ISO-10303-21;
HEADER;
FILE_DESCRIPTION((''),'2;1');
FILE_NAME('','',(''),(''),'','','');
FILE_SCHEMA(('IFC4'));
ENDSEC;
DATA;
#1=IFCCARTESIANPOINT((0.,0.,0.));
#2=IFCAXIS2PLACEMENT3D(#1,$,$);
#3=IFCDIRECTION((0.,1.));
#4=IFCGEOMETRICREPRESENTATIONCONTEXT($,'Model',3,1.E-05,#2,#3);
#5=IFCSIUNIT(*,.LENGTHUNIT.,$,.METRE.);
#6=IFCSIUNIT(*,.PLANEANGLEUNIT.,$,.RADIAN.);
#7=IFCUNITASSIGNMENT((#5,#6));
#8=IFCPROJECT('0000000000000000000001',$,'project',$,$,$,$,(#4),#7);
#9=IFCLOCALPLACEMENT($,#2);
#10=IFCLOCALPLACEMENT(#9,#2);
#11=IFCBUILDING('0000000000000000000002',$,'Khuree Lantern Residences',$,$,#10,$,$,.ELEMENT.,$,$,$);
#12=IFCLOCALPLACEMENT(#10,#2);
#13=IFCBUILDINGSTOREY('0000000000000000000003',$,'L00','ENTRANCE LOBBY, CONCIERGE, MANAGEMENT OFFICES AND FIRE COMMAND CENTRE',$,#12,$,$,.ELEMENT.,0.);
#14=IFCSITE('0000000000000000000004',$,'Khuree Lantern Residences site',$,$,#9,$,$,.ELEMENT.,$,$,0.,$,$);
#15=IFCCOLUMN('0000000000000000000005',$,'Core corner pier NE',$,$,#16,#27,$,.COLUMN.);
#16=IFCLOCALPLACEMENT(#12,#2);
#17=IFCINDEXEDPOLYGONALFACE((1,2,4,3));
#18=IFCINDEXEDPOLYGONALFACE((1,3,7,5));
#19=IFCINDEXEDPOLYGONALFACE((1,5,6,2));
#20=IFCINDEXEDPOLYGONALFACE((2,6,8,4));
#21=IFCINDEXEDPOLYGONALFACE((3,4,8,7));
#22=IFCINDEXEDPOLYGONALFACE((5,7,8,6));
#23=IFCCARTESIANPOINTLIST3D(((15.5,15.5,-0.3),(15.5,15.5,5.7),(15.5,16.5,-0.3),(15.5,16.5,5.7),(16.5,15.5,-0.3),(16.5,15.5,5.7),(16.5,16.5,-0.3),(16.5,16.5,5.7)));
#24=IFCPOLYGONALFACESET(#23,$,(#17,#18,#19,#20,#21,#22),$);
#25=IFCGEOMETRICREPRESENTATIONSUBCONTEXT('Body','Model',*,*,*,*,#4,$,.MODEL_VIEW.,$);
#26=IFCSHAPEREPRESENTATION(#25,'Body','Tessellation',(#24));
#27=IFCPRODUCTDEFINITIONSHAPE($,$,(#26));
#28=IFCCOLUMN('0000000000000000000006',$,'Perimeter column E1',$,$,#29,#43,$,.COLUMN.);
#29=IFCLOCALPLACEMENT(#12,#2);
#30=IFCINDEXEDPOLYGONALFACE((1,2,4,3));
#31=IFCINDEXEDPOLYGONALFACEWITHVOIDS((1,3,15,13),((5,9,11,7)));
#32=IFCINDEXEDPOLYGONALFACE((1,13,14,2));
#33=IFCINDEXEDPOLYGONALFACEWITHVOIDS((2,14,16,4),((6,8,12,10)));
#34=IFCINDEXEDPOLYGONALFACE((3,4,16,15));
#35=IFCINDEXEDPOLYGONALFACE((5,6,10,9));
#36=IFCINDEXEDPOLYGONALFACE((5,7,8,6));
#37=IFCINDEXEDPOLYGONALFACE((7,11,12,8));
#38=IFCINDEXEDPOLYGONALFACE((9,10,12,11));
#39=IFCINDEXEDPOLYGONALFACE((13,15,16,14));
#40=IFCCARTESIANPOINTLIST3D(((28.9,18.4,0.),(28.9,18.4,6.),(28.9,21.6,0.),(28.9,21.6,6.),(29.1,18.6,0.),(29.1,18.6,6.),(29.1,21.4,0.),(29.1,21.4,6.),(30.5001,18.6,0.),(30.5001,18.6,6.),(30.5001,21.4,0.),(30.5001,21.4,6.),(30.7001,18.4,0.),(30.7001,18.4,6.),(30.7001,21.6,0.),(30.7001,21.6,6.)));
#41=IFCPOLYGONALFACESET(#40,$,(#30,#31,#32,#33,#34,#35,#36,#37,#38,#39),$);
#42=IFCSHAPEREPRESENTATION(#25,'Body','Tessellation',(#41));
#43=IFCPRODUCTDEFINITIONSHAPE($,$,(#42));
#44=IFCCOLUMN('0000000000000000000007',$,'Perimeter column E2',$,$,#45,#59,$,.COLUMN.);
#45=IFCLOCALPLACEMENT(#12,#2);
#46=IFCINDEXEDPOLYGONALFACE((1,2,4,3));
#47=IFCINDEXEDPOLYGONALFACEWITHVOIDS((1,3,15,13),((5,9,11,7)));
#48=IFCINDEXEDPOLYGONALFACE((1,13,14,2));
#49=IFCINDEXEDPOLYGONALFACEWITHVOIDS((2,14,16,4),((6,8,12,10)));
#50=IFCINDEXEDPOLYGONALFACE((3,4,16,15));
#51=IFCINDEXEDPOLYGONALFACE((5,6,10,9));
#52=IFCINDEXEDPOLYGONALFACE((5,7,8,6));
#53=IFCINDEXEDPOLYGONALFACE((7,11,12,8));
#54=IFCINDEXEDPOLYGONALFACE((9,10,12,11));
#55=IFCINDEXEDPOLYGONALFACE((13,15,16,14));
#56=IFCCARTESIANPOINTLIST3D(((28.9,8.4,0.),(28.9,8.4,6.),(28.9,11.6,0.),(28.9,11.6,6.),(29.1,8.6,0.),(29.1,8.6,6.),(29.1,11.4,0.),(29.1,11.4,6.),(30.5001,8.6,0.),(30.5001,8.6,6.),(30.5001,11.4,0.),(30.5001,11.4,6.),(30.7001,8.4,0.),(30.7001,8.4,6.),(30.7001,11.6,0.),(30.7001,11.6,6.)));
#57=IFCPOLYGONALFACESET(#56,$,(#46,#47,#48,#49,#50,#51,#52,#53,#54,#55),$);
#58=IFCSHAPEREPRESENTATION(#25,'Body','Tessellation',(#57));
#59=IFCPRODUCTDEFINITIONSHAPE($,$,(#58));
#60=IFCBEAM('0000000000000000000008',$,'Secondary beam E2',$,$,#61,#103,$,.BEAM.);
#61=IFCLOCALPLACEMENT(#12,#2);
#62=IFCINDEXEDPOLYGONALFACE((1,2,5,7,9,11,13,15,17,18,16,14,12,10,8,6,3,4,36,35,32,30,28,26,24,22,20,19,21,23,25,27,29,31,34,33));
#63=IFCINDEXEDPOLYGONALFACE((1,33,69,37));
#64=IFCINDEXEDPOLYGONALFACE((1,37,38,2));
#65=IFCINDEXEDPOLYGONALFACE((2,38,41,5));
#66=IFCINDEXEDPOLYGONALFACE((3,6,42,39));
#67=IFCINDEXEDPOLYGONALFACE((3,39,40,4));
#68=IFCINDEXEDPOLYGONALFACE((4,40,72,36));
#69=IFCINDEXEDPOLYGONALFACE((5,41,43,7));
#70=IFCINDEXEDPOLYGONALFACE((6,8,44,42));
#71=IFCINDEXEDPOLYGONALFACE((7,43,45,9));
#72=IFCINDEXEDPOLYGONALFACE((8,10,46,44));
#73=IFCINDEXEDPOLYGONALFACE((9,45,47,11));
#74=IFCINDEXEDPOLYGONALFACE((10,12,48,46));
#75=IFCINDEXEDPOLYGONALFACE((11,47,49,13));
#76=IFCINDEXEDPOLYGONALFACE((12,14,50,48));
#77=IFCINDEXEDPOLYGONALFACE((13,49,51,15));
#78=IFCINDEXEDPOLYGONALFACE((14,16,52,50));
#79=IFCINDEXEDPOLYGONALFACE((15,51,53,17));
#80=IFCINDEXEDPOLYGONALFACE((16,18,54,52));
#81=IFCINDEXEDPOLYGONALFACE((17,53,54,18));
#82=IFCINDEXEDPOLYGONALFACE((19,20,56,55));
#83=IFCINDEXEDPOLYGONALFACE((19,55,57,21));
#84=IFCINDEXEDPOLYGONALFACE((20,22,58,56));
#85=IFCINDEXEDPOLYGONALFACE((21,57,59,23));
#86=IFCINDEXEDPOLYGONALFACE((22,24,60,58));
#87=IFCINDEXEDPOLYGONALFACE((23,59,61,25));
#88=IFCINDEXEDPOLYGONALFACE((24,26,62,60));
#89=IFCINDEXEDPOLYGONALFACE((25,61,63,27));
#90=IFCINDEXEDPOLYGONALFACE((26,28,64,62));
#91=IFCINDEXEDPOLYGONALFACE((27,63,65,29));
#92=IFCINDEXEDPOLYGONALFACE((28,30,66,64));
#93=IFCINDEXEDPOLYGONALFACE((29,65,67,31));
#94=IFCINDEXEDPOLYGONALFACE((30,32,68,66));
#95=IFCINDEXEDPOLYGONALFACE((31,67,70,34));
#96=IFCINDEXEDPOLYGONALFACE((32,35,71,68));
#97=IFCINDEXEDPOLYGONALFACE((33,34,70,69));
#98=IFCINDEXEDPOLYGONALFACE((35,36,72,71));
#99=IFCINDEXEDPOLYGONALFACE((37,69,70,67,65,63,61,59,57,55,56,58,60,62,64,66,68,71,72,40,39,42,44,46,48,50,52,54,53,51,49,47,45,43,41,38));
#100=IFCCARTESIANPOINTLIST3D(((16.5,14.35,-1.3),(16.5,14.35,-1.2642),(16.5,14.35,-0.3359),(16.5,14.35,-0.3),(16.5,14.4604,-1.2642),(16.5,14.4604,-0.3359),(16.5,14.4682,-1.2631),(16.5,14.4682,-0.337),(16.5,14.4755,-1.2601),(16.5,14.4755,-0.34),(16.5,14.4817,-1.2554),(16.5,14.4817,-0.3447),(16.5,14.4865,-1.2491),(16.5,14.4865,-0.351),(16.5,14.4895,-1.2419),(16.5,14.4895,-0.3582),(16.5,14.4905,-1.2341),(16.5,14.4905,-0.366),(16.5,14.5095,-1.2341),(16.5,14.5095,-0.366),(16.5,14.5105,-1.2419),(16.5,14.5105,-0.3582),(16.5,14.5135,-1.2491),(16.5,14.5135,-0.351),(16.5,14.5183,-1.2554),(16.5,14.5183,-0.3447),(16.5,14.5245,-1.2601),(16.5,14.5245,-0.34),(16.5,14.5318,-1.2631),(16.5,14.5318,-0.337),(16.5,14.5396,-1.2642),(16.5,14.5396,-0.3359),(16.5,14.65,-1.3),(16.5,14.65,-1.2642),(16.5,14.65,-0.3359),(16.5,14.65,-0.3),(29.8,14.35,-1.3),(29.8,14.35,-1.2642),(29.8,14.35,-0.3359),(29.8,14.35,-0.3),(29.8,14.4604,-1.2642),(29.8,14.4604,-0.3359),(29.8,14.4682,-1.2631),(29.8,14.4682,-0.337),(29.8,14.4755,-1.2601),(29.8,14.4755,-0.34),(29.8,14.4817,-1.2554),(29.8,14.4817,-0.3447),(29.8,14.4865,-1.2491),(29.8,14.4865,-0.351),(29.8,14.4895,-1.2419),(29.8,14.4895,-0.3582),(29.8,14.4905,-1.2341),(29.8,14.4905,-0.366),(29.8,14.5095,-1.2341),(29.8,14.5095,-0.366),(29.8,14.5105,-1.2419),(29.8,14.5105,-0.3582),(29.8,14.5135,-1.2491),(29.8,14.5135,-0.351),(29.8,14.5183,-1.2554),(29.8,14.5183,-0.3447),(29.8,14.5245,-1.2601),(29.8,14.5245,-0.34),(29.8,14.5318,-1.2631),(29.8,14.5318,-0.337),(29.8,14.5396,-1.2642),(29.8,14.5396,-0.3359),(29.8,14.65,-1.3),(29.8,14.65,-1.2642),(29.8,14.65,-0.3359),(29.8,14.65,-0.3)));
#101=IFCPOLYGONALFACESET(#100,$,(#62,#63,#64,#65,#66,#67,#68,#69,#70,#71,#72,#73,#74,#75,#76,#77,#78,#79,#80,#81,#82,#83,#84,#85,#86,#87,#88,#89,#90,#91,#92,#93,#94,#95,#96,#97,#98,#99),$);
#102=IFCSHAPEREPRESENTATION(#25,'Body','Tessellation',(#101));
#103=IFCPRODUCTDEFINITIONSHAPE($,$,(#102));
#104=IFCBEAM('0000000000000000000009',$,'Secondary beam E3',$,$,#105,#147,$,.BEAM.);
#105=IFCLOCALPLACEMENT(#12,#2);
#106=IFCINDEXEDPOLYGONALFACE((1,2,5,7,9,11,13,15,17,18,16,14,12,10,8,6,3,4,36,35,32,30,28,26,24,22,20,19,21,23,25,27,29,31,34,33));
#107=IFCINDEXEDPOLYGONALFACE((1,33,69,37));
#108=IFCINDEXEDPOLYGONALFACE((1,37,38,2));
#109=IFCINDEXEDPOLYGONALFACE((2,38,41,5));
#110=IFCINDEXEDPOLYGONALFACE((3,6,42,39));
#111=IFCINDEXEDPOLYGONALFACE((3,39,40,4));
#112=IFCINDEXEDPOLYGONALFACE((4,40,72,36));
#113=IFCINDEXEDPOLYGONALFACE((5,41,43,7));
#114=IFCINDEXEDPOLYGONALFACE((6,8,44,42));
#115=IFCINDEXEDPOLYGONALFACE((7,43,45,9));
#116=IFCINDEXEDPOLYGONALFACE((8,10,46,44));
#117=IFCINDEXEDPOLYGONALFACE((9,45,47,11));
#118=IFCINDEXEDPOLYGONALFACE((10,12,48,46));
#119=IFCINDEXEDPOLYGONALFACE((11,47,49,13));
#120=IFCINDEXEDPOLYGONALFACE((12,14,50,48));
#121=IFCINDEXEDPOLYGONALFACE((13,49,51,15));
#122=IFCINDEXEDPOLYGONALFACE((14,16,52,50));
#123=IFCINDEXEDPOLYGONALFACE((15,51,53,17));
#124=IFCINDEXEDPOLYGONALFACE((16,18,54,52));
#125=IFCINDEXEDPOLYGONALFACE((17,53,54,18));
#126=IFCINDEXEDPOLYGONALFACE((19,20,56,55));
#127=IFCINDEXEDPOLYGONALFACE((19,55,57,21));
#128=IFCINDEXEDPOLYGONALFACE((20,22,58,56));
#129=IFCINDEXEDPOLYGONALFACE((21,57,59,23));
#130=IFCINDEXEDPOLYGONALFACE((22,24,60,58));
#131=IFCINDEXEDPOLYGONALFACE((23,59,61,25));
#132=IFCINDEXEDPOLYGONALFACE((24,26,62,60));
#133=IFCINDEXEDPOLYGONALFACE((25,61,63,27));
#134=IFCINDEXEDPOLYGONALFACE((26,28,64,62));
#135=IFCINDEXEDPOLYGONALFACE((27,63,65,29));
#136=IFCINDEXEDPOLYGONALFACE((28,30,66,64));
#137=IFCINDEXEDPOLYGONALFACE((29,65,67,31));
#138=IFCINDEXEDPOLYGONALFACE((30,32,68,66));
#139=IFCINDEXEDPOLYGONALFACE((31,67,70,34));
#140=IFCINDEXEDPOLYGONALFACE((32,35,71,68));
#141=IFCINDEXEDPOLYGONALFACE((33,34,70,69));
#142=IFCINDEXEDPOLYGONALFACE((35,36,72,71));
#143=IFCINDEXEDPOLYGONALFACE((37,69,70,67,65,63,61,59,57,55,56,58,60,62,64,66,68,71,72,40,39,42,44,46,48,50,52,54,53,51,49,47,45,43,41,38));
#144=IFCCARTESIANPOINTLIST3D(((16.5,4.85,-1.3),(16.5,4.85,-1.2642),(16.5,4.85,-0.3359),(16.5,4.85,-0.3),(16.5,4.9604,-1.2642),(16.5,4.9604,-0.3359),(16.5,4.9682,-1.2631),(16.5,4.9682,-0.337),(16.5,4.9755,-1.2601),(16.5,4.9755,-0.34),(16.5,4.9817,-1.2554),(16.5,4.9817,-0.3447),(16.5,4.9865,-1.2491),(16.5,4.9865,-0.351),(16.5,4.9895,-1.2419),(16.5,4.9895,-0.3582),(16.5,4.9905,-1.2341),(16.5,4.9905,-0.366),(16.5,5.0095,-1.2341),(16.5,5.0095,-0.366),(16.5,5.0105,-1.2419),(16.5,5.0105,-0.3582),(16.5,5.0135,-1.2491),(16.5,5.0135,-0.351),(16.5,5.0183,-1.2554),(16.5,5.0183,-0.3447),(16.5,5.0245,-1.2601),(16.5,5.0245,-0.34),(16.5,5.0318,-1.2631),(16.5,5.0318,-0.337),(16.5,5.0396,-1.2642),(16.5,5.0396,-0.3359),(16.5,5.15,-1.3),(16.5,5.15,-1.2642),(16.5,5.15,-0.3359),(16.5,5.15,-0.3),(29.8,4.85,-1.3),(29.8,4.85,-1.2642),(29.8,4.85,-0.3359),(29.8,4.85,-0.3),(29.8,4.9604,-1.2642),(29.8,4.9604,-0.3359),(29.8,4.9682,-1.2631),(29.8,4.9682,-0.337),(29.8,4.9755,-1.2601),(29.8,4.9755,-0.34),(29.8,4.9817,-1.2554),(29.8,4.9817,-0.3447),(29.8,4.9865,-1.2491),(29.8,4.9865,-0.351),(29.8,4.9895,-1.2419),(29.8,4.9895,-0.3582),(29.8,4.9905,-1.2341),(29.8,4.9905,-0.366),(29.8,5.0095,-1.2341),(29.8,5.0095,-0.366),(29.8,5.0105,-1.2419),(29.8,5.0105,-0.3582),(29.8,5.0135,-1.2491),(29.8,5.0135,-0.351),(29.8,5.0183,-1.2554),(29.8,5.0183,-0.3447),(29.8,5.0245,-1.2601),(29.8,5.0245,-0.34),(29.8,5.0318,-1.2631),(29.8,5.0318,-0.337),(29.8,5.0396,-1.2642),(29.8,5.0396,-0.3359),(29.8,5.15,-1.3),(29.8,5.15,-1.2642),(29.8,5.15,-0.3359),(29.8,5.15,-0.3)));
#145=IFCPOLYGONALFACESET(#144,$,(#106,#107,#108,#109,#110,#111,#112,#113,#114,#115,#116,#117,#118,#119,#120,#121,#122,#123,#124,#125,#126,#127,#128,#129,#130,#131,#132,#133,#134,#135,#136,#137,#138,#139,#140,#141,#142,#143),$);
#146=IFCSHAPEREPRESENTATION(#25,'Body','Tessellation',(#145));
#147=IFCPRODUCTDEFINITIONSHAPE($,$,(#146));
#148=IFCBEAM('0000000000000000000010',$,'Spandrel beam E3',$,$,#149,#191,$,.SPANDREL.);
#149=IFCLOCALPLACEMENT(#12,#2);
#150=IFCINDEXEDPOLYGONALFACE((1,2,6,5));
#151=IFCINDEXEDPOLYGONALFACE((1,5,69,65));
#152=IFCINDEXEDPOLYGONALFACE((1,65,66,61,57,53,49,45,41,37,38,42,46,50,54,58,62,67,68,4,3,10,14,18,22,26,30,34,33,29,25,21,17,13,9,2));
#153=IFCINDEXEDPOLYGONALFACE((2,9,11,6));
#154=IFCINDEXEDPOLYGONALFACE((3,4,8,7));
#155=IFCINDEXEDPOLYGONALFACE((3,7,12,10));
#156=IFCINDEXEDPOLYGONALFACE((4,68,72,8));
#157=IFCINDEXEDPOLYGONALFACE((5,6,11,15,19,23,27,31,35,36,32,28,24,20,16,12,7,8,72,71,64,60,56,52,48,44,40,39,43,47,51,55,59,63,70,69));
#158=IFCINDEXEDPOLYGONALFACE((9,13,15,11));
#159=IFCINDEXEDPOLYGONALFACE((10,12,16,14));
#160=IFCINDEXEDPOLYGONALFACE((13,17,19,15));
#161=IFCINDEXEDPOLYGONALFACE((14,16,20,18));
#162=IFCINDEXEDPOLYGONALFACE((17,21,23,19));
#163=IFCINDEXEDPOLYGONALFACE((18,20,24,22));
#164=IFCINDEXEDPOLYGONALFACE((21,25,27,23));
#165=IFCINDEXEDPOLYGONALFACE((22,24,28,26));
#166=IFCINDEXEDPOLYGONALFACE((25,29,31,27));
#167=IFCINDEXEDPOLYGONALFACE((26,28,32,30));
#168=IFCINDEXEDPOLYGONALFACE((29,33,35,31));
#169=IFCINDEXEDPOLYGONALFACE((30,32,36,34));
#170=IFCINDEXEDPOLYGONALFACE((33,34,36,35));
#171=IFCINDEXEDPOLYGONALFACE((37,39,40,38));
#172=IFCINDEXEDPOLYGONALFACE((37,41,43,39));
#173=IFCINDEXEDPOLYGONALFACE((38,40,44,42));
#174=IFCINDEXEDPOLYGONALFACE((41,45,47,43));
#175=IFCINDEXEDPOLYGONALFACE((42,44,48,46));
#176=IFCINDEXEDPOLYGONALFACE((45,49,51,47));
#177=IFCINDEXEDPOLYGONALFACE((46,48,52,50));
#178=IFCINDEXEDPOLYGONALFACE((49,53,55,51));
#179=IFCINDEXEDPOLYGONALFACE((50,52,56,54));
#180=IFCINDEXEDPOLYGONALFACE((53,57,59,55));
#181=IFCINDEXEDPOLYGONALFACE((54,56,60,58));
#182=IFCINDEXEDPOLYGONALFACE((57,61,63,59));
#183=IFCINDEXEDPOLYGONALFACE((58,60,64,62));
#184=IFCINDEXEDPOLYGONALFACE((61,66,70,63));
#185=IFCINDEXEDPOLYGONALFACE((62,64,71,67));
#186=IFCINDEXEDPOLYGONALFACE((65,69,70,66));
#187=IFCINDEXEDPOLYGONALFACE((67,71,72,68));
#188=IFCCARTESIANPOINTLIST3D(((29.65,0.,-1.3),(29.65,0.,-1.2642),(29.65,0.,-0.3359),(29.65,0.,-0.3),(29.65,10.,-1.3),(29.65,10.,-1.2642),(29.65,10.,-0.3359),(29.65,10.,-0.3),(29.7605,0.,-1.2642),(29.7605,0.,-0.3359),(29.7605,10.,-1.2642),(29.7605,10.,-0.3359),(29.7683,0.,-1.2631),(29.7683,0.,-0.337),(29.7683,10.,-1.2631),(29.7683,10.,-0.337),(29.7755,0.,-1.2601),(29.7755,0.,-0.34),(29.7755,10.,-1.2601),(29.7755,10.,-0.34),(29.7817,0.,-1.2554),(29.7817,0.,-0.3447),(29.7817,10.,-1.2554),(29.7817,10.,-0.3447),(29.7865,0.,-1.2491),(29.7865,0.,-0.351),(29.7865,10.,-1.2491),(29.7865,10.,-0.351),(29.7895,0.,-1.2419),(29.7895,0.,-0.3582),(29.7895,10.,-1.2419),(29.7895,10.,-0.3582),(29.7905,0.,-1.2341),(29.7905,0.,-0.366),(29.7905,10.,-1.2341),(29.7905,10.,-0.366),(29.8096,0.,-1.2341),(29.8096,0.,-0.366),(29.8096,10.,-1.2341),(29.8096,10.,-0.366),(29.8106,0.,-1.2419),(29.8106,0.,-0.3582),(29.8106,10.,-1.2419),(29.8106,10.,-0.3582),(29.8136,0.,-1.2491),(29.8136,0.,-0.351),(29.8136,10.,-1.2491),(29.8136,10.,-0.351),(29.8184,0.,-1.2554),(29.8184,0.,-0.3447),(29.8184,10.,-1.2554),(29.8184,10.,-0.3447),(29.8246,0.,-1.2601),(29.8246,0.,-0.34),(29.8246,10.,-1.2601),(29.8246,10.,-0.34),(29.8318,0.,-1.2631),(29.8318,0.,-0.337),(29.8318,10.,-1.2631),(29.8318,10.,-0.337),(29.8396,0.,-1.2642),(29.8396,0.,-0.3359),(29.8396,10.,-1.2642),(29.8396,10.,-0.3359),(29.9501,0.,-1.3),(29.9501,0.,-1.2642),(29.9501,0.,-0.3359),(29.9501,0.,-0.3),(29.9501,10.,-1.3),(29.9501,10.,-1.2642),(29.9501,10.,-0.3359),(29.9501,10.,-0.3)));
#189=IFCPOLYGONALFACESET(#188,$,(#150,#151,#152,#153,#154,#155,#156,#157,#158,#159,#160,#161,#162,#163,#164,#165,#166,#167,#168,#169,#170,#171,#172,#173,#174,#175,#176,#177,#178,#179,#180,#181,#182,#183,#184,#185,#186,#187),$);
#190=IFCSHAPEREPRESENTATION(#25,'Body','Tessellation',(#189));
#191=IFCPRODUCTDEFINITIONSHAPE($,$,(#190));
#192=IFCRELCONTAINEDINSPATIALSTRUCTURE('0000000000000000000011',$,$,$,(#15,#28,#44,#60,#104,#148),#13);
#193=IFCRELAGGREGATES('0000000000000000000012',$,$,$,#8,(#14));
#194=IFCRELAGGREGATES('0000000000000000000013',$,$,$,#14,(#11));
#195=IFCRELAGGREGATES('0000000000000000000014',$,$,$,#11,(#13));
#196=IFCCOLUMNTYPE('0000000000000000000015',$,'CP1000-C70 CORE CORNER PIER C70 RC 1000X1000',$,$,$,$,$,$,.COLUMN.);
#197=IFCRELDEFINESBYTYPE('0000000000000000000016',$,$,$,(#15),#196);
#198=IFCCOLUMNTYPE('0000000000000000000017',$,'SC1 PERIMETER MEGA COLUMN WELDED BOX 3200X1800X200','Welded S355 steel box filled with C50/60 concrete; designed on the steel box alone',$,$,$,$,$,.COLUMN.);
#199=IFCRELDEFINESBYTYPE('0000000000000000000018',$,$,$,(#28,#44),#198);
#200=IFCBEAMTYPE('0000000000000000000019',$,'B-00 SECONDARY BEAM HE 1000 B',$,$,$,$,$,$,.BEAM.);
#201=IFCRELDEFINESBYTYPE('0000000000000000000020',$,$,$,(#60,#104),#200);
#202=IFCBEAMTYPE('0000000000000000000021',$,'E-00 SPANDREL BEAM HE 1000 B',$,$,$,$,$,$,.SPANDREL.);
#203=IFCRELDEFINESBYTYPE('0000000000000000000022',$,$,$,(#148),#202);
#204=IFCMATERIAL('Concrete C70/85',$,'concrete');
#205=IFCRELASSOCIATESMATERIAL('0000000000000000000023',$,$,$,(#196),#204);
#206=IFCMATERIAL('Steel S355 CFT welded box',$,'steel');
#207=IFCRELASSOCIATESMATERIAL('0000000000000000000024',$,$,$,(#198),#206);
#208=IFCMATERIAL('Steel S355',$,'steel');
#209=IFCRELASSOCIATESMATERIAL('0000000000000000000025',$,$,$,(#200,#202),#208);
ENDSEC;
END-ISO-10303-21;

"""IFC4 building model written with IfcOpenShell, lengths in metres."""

from ifc_helpers import new_model, si_unit, direction, frame, origin, origin_2d, place, context, subcontext, project, spatial, rectangle, hollow_rectangle, i_section, extrude, material, material_profile, profile_set, type_object, element, save


model = new_model("IFC4")

# Units and contexts
model_context = context("Model", 3, precision=1e-05, world=origin(), true_north=direction((0.0, 1.0)))
body_context = subcontext(model_context, "Body", "Model", "MODEL_VIEW")
ifc_project = project(units=[si_unit("LENGTHUNIT", "METRE"), si_unit("PLANEANGLEUNIT", "RADIAN")], contexts=[model_context])

# Site, building, storey
site_placement = place(None, origin())
site = spatial("IfcSite", under=ifc_project, at=site_placement, Name="Khuree Lantern Residences site", CompositionType="ELEMENT", RefElevation=0.0)
building_placement = place(site_placement, origin())
building = spatial("IfcBuilding", under=site, at=building_placement, Name="Khuree Lantern Residences", CompositionType="ELEMENT")
storey_placement = place(building_placement, origin())
storey = spatial("IfcBuildingStorey", under=building, at=storey_placement, Name="L00", Description="ENTRANCE LOBBY, CONCIERGE, MANAGEMENT OFFICES AND FIRE COMMAND CENTRE", CompositionType="ELEMENT", Elevation=0.0)

# Columns
ifc_material_1 = material(Name="Concrete C70/85", Category="concrete")
ifc_material_profile_1 = material_profile(ifc_material_1, rectangle(XDim=1.0, YDim=1.0, at=origin_2d()), Name="RC 1000X1000")
ifc_profile_set_1 = profile_set([ifc_material_profile_1], Name="Concrete C70/85")
column_type_1 = type_object("IfcColumnType", Name="CP1000-C70 CORE CORNER PIER C70 RC 1000X1000", PredefinedType="COLUMN", material=ifc_profile_set_1)
column_placement = place(storey_placement, frame((16.0, 16.0, -0.3), z_axis=(0.0, 0.0, 1.0), x_axis=(1.0, 0.0, 0.0)))
element("IfcColumn", 1, at=column_placement, inside=storey, type_object=column_type_1, Name="Core corner pier NE", PredefinedType="COLUMN", context=body_context, shape_type="SweptSolid", body=[
    extrude(rectangle(XDim=1.0, YDim=1.0, at=origin_2d()), origin(), (0.0, 0.0, 1.0), 6.0),
])
ifc_material_2 = material(Name="Steel S355 CFT welded box", Category="steel")
ifc_material_profile_2 = material_profile(ifc_material_2, hollow_rectangle(XDim=3.2, YDim=1.8, WallThickness=0.2, at=origin_2d()), Name="WELDED BOX 3200X1800X200")
ifc_profile_set_2 = profile_set([ifc_material_profile_2], Name="Steel S355 CFT welded box")
column_type_2 = type_object("IfcColumnType", Name="SC1 PERIMETER MEGA COLUMN WELDED BOX 3200X1800X200", Description="Welded S355 steel box filled with C50/60 concrete; designed on the steel box alone", PredefinedType="COLUMN", material=ifc_profile_set_2)
for number, where, z_axis, x_axis, name in (
    (2, (29.8, 20.0, 0.0), (0.0, 0.0, 1.0), (0.0, 1.0, 0.0), "Perimeter column E1"),
    (3, (29.8, 10.0, 0.0), (0.0, 0.0, 1.0), (0.0, 1.0, 0.0), "Perimeter column E2"),
):
    element("IfcColumn", number, at=place(storey_placement, frame(where, z_axis=z_axis, x_axis=x_axis)), inside=storey, type_object=column_type_2, Name=name, PredefinedType="COLUMN", context=body_context, shape_type="SweptSolid", body=[
        extrude(hollow_rectangle(XDim=3.2, YDim=1.8, WallThickness=0.2, at=origin_2d()), origin(), (0.0, 0.0, 1.0), 6.0),
    ])

# Beams
ifc_material_3 = material(Name="Steel S355", Category="steel")
ifc_material_profile_3 = material_profile(ifc_material_3, i_section(OverallWidth=0.3, OverallDepth=1.0, WebThickness=0.019, FlangeThickness=0.0359, FilletRadius=0.03, at=origin_2d()), Name="HE 1000 B")
ifc_profile_set_3 = profile_set([ifc_material_profile_3], Name="Steel S355")
beam_type_1 = type_object("IfcBeamType", Name="B-00 SECONDARY BEAM HE 1000 B", PredefinedType="BEAM", material=ifc_profile_set_3)
for number, where, z_axis, x_axis, name in (
    (4, (29.8, 14.5, -0.8), (-1.0, 0.0, 0.0), (0.0, -1.0, 0.0), "Secondary beam E2"),
    (5, (29.8, 5.0, -0.8), (-1.0, 0.0, 0.0), (0.0, -1.0, 0.0), "Secondary beam E3"),
):
    element("IfcBeam", number, at=place(storey_placement, frame(where, z_axis=z_axis, x_axis=x_axis)), inside=storey, type_object=beam_type_1, Name=name, PredefinedType="BEAM", context=body_context, shape_type="SweptSolid", body=[
        extrude(i_section(OverallWidth=0.3, OverallDepth=1.0, WebThickness=0.019, FlangeThickness=0.0359, FilletRadius=0.03, at=origin_2d()), origin(), (0.0, 0.0, 1.0), 13.3),
    ])
ifc_material_profile_4 = material_profile(ifc_material_3, i_section(OverallWidth=0.3, OverallDepth=1.0, WebThickness=0.019, FlangeThickness=0.0359, FilletRadius=0.03, at=origin_2d()), Name="HE 1000 B")
ifc_profile_set_4 = profile_set([ifc_material_profile_4], Name="Steel S355")
beam_type_2 = type_object("IfcBeamType", Name="E-00 SPANDREL BEAM HE 1000 B", PredefinedType="SPANDREL", material=ifc_profile_set_4)
beam_1_placement = place(storey_placement, frame((29.8, 10.0, -0.8), z_axis=(0.0, -1.0, 0.0), x_axis=(1.0, 0.0, 0.0)))
element("IfcBeam", 6, at=beam_1_placement, inside=storey, type_object=beam_type_2, Name="Spandrel beam E3", PredefinedType="SPANDREL", context=body_context, shape_type="SweptSolid", body=[
    extrude(i_section(OverallWidth=0.3, OverallDepth=1.0, WebThickness=0.019, FlangeThickness=0.0359, FilletRadius=0.03, at=origin_2d()), origin(), (0.0, 0.0, 1.0), 10.0),
])

save(model, "model.ifc")
